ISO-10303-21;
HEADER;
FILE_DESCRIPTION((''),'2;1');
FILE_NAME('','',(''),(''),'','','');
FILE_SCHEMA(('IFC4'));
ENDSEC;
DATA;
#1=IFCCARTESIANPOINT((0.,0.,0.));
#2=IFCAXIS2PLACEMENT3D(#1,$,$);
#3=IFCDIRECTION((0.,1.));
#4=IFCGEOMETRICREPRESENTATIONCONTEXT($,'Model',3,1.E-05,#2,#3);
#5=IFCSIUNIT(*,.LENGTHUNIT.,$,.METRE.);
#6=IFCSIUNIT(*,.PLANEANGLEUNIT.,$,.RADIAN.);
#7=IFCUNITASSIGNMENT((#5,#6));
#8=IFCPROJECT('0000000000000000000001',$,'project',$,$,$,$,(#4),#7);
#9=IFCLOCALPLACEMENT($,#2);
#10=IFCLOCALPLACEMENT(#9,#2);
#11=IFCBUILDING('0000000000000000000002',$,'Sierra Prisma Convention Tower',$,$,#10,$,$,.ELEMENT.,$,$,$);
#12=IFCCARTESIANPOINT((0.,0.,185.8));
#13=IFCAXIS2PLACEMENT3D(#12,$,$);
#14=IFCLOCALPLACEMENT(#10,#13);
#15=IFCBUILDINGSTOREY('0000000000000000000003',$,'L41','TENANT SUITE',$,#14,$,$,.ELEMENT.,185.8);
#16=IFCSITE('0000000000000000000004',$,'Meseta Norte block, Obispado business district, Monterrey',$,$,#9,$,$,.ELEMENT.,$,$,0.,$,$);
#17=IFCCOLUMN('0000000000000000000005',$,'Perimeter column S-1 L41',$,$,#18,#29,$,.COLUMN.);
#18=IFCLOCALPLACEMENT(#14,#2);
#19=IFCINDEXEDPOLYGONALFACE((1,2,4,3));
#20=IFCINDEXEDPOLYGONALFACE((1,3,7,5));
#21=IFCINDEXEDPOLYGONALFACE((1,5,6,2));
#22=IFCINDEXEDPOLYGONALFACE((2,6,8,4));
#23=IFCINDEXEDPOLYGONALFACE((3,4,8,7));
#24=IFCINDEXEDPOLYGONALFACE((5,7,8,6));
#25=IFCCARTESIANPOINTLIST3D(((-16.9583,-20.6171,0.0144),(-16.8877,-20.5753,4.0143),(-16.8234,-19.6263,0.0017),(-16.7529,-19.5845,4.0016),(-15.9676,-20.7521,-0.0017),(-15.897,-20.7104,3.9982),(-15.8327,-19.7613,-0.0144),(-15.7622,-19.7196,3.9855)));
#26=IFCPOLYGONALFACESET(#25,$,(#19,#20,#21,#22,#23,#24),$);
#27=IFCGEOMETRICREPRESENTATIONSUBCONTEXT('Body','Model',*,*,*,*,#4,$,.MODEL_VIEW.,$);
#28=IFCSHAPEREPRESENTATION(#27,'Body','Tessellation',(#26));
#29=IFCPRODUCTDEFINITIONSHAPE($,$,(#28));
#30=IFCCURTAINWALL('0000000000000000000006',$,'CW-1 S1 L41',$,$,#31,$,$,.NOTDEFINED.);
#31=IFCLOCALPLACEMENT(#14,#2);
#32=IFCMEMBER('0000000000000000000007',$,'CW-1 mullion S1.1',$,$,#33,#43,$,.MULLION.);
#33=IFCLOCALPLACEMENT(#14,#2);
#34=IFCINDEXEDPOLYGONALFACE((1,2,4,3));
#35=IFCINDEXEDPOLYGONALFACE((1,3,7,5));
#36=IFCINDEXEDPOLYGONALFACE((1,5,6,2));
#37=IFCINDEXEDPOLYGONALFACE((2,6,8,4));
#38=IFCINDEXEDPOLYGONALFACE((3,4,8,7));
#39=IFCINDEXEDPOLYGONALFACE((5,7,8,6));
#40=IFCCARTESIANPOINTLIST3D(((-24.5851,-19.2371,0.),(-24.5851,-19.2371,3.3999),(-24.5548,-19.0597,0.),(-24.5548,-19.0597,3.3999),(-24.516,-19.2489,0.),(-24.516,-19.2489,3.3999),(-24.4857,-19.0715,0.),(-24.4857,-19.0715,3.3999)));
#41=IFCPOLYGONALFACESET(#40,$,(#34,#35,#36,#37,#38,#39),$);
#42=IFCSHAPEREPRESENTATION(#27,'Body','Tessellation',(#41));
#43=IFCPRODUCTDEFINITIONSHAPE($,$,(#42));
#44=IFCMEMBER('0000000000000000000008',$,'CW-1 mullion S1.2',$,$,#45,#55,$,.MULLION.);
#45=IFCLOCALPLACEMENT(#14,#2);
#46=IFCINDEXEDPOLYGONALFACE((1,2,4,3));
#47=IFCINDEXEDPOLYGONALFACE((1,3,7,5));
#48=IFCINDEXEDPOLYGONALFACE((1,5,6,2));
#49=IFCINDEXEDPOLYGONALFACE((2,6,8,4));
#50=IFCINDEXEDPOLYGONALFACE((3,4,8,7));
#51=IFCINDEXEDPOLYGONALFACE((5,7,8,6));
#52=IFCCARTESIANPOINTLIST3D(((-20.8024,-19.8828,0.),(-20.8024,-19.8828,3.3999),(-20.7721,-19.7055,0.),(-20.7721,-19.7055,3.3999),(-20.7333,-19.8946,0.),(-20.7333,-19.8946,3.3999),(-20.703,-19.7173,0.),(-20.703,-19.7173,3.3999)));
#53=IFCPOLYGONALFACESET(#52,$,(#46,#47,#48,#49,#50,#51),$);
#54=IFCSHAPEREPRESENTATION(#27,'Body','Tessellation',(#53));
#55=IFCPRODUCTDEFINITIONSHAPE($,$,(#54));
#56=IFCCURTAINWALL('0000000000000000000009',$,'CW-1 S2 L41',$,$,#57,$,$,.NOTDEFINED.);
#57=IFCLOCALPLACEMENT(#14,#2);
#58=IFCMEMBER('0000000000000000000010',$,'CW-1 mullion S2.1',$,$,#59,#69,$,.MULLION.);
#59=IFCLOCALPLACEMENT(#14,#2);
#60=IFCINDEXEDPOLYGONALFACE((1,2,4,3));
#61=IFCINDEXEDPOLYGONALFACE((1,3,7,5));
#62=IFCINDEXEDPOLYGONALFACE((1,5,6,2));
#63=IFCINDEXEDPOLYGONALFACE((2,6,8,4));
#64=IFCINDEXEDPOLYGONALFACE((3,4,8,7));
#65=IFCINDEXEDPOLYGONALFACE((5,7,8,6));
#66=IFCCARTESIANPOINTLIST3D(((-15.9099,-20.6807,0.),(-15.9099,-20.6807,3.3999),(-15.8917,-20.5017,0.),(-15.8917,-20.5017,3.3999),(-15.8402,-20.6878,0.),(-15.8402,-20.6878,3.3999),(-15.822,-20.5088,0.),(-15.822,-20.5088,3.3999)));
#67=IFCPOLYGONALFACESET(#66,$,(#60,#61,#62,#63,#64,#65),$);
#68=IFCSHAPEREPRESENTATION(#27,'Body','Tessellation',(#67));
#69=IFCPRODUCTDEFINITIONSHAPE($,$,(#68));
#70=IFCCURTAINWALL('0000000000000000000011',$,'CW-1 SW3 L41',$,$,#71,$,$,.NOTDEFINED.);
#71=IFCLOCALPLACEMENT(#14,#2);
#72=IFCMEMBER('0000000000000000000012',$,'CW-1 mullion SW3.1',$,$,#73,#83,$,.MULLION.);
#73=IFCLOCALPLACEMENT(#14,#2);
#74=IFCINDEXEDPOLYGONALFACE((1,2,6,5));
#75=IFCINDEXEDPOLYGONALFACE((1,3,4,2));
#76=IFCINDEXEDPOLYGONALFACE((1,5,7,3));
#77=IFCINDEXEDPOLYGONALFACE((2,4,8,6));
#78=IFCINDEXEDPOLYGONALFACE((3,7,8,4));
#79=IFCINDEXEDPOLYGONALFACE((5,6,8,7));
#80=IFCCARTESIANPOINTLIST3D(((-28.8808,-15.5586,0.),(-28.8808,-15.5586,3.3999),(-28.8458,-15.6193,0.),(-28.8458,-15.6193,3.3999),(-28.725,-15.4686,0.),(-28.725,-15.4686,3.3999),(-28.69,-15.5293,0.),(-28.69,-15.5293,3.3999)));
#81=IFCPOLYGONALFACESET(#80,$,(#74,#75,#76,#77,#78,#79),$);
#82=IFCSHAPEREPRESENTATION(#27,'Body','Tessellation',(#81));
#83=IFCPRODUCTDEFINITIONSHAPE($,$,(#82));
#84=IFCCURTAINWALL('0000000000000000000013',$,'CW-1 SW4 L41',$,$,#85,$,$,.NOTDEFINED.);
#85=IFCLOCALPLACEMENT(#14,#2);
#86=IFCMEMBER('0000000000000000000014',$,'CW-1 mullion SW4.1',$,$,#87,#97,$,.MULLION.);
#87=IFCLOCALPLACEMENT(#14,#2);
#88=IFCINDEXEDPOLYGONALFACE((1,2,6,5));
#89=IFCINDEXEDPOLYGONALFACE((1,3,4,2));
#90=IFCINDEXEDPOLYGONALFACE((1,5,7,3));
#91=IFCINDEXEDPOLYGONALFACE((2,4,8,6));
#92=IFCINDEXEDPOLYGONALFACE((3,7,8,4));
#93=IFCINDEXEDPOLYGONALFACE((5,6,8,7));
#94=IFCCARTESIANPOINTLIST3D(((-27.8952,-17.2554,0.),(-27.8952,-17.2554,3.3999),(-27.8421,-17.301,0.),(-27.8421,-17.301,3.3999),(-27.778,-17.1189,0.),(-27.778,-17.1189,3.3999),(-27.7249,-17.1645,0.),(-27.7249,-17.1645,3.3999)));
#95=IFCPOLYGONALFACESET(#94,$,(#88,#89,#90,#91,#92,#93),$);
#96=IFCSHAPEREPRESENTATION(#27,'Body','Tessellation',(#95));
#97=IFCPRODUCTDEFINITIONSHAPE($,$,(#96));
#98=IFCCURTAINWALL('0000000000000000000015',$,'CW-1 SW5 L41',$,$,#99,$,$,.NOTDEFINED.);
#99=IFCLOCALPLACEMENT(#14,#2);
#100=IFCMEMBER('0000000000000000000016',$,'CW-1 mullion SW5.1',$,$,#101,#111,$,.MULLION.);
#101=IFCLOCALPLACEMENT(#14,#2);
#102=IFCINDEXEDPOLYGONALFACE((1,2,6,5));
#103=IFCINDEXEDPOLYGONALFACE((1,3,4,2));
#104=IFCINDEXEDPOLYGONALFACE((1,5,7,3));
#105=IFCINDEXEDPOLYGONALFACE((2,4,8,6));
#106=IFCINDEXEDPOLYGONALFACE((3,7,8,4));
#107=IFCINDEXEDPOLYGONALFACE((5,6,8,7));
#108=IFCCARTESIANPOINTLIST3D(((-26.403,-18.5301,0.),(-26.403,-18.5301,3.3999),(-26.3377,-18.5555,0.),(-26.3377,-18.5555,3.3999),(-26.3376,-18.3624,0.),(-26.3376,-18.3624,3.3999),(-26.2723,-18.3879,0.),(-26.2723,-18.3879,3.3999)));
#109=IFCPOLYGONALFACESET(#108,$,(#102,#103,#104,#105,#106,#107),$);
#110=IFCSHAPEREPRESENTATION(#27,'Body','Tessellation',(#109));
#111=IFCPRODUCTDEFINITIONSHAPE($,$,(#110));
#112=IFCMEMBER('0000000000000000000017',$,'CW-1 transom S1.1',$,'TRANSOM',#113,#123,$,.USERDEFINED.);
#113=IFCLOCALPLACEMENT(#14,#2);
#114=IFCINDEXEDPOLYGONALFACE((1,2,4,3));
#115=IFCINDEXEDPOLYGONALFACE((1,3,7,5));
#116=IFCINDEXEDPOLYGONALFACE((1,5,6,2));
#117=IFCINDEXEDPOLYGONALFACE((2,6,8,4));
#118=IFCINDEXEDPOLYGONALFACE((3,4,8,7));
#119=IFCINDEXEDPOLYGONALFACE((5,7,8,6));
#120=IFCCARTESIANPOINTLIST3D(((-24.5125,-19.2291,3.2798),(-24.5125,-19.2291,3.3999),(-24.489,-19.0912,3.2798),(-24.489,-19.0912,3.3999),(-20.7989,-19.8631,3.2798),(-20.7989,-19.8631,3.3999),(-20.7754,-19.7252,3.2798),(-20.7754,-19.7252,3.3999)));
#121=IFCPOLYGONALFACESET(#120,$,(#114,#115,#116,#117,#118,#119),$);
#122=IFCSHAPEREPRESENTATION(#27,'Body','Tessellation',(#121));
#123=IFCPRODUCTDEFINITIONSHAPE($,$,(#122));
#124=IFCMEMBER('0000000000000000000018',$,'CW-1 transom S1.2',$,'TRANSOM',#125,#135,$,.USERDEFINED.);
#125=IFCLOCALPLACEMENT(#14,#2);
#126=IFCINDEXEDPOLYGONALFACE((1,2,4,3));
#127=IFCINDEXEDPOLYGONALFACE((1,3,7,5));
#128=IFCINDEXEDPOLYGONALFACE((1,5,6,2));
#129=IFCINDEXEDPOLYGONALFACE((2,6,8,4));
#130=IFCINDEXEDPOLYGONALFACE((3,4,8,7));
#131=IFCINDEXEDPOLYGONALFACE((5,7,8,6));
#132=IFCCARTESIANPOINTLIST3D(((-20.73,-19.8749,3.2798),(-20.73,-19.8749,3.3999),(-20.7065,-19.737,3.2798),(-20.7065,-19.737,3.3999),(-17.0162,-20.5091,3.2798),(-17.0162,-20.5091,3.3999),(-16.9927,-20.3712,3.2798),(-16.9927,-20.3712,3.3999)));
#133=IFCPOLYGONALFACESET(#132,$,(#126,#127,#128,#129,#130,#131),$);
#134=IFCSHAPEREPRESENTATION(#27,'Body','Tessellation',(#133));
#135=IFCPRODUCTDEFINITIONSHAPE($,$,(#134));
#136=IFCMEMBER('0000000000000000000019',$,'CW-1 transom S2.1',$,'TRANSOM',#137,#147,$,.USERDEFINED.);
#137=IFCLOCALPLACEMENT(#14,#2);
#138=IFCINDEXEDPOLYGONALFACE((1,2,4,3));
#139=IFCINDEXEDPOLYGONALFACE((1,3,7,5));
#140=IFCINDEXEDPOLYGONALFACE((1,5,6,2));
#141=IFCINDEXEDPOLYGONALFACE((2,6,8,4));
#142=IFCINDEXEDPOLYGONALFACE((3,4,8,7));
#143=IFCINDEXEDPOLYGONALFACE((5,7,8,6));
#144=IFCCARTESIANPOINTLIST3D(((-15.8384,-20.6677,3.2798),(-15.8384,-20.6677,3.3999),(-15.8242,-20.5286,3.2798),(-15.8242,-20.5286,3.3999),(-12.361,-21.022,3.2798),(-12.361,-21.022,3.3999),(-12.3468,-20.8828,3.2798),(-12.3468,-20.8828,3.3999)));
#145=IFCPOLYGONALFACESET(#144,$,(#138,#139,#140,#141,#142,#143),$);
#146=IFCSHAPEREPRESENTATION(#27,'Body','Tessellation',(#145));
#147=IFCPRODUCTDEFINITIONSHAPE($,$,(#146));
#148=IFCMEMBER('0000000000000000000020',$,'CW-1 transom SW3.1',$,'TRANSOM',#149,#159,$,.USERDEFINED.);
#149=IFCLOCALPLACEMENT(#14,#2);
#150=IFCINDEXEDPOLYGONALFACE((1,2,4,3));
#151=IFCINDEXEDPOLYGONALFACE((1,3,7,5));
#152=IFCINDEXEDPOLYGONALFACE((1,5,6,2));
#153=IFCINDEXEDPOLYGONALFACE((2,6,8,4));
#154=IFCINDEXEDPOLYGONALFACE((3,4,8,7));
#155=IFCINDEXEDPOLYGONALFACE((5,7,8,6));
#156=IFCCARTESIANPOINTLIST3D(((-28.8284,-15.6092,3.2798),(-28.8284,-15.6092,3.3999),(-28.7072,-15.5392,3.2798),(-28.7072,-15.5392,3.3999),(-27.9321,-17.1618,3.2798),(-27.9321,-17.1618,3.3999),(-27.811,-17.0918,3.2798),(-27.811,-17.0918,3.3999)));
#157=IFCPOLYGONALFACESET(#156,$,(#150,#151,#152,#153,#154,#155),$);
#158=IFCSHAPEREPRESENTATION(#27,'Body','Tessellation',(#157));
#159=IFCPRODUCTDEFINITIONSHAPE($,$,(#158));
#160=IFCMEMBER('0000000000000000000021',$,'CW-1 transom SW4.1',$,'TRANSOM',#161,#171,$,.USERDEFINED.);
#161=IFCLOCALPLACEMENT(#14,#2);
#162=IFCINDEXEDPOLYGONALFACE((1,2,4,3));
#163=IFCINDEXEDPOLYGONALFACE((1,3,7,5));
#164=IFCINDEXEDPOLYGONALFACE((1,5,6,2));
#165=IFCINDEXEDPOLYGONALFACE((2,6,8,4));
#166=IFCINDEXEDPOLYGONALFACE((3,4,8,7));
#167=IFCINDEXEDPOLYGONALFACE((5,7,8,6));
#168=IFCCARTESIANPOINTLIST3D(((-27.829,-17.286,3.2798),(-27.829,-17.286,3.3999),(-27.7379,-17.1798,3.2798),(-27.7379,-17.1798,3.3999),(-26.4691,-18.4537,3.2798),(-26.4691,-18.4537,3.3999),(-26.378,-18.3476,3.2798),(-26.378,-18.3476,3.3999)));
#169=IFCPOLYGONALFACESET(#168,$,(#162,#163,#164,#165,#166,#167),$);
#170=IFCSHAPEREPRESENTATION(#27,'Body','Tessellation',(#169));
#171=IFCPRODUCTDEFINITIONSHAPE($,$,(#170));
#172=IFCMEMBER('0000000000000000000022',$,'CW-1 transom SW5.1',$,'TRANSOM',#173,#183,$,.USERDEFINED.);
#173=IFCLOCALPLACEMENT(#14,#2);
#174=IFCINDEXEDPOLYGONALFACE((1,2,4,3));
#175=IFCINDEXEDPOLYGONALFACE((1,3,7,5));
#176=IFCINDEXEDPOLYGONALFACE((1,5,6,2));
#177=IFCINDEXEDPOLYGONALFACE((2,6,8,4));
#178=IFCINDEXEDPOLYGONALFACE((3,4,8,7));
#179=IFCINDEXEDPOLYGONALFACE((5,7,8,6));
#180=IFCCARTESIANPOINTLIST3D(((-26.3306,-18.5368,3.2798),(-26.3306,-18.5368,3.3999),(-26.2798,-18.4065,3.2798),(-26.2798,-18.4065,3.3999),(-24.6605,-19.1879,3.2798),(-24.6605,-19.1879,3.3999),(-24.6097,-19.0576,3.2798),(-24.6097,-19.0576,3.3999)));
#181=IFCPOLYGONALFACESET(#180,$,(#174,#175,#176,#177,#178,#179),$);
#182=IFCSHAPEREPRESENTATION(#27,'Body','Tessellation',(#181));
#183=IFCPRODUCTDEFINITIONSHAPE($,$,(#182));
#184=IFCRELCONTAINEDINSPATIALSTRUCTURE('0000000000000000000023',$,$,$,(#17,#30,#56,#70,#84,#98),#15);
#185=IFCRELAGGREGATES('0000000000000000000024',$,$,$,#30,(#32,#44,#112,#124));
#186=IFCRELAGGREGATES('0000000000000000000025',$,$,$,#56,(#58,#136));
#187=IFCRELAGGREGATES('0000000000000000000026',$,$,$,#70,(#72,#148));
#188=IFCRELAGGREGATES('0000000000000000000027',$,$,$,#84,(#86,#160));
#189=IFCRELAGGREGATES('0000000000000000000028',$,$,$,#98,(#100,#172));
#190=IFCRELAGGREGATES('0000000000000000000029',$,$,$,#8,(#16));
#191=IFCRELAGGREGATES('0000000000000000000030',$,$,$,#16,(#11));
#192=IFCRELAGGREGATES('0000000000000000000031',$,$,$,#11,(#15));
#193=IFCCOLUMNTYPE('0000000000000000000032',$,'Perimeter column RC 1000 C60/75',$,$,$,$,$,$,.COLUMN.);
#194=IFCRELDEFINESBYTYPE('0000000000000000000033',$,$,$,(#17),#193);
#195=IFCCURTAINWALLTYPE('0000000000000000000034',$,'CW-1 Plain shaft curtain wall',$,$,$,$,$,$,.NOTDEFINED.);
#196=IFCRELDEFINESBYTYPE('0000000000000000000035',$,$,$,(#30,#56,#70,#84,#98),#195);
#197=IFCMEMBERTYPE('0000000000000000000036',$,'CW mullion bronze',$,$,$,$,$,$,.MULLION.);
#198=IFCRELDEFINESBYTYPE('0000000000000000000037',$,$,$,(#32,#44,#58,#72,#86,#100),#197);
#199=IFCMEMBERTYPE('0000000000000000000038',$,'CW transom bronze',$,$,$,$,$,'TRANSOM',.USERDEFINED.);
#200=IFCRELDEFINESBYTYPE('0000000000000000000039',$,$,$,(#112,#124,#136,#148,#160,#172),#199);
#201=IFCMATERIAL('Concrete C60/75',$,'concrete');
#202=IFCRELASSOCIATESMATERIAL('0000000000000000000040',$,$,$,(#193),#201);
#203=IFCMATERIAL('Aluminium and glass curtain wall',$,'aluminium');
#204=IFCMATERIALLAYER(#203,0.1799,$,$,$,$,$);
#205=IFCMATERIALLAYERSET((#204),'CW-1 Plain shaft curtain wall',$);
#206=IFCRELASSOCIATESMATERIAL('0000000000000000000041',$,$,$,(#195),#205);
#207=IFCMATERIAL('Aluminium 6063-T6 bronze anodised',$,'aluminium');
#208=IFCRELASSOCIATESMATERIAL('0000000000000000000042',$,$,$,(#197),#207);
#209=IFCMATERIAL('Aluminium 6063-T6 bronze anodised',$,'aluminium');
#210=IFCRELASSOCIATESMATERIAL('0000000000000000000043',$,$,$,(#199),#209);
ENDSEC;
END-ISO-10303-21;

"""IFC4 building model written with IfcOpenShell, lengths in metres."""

from ifc_helpers import new_model, si_unit, direction, frame, origin, origin_2d, place, context, subcontext, project, spatial, rectangle, extrude, material, layer, layer_set, material_profile, profile_set, type_object, element, aggregate, save


model = new_model("IFC4")

# Units and contexts
model_context = context("Model", 3, precision=1e-05, world=origin(), true_north=direction((0.0, 1.0)))
body_context = subcontext(model_context, "Body", "Model", "MODEL_VIEW")
ifc_project = project(units=[si_unit("LENGTHUNIT", "METRE"), si_unit("PLANEANGLEUNIT", "RADIAN")], contexts=[model_context])

# Site, building, storey
site_placement = place(None, origin())
site = spatial("IfcSite", under=ifc_project, at=site_placement, Name="Meseta Norte block, Obispado business district, Monterrey", CompositionType="ELEMENT", RefElevation=0.0)
building_placement = place(site_placement, origin())
building = spatial("IfcBuilding", under=site, at=building_placement, Name="Sierra Prisma Convention Tower", CompositionType="ELEMENT")
storey_placement = place(building_placement, frame((0.0, 0.0, 185.8)))
storey = spatial("IfcBuildingStorey", under=building, at=storey_placement, Name="L41", Description="TENANT SUITE", CompositionType="ELEMENT", Elevation=185.8)

# Column
ifc_material_1 = material(Name="Concrete C60/75", Category="concrete")
ifc_material_profile_1 = material_profile(ifc_material_1, rectangle(XDim=1.0, YDim=1.0, at=origin_2d()), Name="Perimeter column RC 1000 C60/75")
ifc_profile_set_1 = profile_set([ifc_material_profile_1], Name="Concrete C60/75")
column_type = type_object("IfcColumnType", Name="Perimeter column RC 1000 C60/75", PredefinedType="COLUMN", material=ifc_profile_set_1)
column_placement = place(storey_placement, frame((-16.3955, -20.1892, 0.0), z_axis=(0.017635, 0.010435, 0.99979), x_axis=(-0.990708, 0.135057, 0.016066)))
element("IfcColumn", 1, at=column_placement, inside=storey, type_object=column_type, Name="Perimeter column S-1 L41", PredefinedType="COLUMN", context=body_context, shape_type="SweptSolid", body=[
    extrude(rectangle(XDim=1.0, YDim=1.0, at=origin_2d()), origin(), (0.0, 0.0, 1.0), 4.0007),
])

# Curtain wall, members
ifc_material_2 = material(Name="Aluminium and glass curtain wall", Category="aluminium")
ifc_layer_1 = layer(ifc_material_2, 0.1799)
ifc_layer_set_1 = layer_set([ifc_layer_1], Name="CW-1 Plain shaft curtain wall")
curtain_wall_type = type_object("IfcCurtainWallType", Name="CW-1 Plain shaft curtain wall", PredefinedType="NOTDEFINED", material=ifc_layer_set_1)
curtain_wall_1_placement = place(storey_placement, origin())
curtain_wall_1 = element("IfcCurtainWall", 2, at=curtain_wall_1_placement, inside=storey, type_object=curtain_wall_type, Name="CW-1 S1 L41", PredefinedType="NOTDEFINED")
ifc_material_3 = material(Name="Aluminium 6063-T6 bronze anodised", Category="aluminium")
ifc_material_profile_2 = material_profile(ifc_material_3, rectangle(XDim=0.1799, YDim=0.0701, at=origin_2d()), Name="ALU MULLION 70x180")
ifc_profile_set_2 = profile_set([ifc_material_profile_2], Name="Aluminium 6063-T6 bronze anodised")
member_type_1 = type_object("IfcMemberType", Name="CW mullion bronze", PredefinedType="MULLION", material=ifc_profile_set_2)
member_1_placement = place(storey_placement, frame((-24.5354, -19.1543, 0.0), z_axis=(0.0, 0.0, 1.0), x_axis=(0.168313, 0.985734, 0.0)))
member_1 = element("IfcMember", 3, at=member_1_placement, type_object=member_type_1, Name="CW-1 mullion S1.1", PredefinedType="MULLION", context=body_context, shape_type="SweptSolid", body=[
    extrude(rectangle(XDim=0.1799, YDim=0.0701, at=origin_2d()), origin(), (0.0, 0.0, 1.0), 3.3999),
])
member_2_placement = place(storey_placement, frame((-20.7527, -19.8, 0.0), z_axis=(0.0, 0.0, 1.0), x_axis=(0.168313, 0.985734, 0.0)))
member_2 = element("IfcMember", 4, at=member_2_placement, type_object=member_type_1, Name="CW-1 mullion S1.2", PredefinedType="MULLION", context=body_context, shape_type="SweptSolid", body=[
    extrude(rectangle(XDim=0.1799, YDim=0.0701, at=origin_2d()), origin(), (0.0, 0.0, 1.0), 3.3999),
])

# Curtain walls, members
curtain_wall_2_placement = place(storey_placement, origin())
curtain_wall_2 = element("IfcCurtainWall", 5, at=curtain_wall_2_placement, inside=storey, type_object=curtain_wall_type, Name="CW-1 S2 L41", PredefinedType="NOTDEFINED")
member_3_placement = place(storey_placement, frame((-15.866, -20.5947, 0.0), z_axis=(0.0, 0.0, 1.0), x_axis=(0.101297, 0.994856, 0.0)))
member_3 = element("IfcMember", 6, at=member_3_placement, type_object=member_type_1, Name="CW-1 mullion S2.1", PredefinedType="MULLION", context=body_context, shape_type="SweptSolid", body=[
    extrude(rectangle(XDim=0.1799, YDim=0.0701, at=origin_2d()), origin(), (0.0, 0.0, 1.0), 3.3999),
])
curtain_wall_3_placement = place(storey_placement, origin())
curtain_wall_3 = element("IfcCurtainWall", 7, at=curtain_wall_3_placement, inside=storey, type_object=curtain_wall_type, Name="CW-1 SW3 L41", PredefinedType="NOTDEFINED")
member_4_placement = place(storey_placement, frame((-28.7854, -15.5439, 0.0), z_axis=(0.0, 0.0, 1.0), x_axis=(0.866025, 0.5, 0.0)))
member_4 = element("IfcMember", 8, at=member_4_placement, type_object=member_type_1, Name="CW-1 mullion SW3.1", PredefinedType="MULLION", context=body_context, shape_type="SweptSolid", body=[
    extrude(rectangle(XDim=0.1799, YDim=0.0701, at=origin_2d()), origin(), (0.0, 0.0, 1.0), 3.3999),
])
curtain_wall_4_placement = place(storey_placement, origin())
curtain_wall_4 = element("IfcCurtainWall", 9, at=curtain_wall_4_placement, inside=storey, type_object=curtain_wall_type, Name="CW-1 SW4 L41", PredefinedType="NOTDEFINED")
member_5_placement = place(storey_placement, frame((-27.8101, -17.21, 0.0), z_axis=(0.0, 0.0, 1.0), x_axis=(0.651451, 0.758691, 0.0)))
member_5 = element("IfcMember", 10, at=member_5_placement, type_object=member_type_1, Name="CW-1 mullion SW4.1", PredefinedType="MULLION", context=body_context, shape_type="SweptSolid", body=[
    extrude(rectangle(XDim=0.1799, YDim=0.0701, at=origin_2d()), origin(), (0.0, 0.0, 1.0), 3.3999),
])
curtain_wall_5_placement = place(storey_placement, origin())
curtain_wall_5 = element("IfcCurtainWall", 11, at=curtain_wall_5_placement, inside=storey, type_object=curtain_wall_type, Name="CW-1 SW5 L41", PredefinedType="NOTDEFINED")
member_6_placement = place(storey_placement, frame((-26.3376, -18.459, 0.0), z_axis=(0.0, 0.0, 1.0), x_axis=(0.363286, 0.931678, 0.0)))
member_6 = element("IfcMember", 12, at=member_6_placement, type_object=member_type_1, Name="CW-1 mullion SW5.1", PredefinedType="MULLION", context=body_context, shape_type="SweptSolid", body=[
    extrude(rectangle(XDim=0.1799, YDim=0.0701, at=origin_2d()), origin(), (0.0, 0.0, 1.0), 3.3999),
])

# Members
ifc_material_4 = material(Name="Aluminium 6063-T6 bronze anodised", Category="aluminium")
ifc_material_profile_3 = material_profile(ifc_material_4, rectangle(XDim=0.1399, YDim=0.1201, at=origin_2d()), Name="ALU TRANSOM 120x140")
ifc_profile_set_3 = profile_set([ifc_material_profile_3], Name="Aluminium 6063-T6 bronze anodised")
member_type_2 = type_object("IfcMemberType", Name="CW transom bronze", ElementType="TRANSOM", PredefinedType="USERDEFINED", material=ifc_profile_set_3)
member_7_placement = place(storey_placement, frame((-24.5007, -19.1602, 3.3398), z_axis=(0.985736, -0.168296, 0.0), x_axis=(0.168296, 0.985736, 0.0)))
member_7 = element("IfcMember", 13, at=member_7_placement, type_object=member_type_2, Name="CW-1 transom S1.1", ObjectType="TRANSOM", PredefinedType="USERDEFINED", context=body_context, shape_type="SweptSolid", body=[
    extrude(rectangle(XDim=0.1399, YDim=0.1201, at=origin_2d()), origin(), (0.0, 0.0, 1.0), 3.7673),
])
member_8_placement = place(storey_placement, frame((-20.7183, -19.8059, 3.3398), z_axis=(0.985728, -0.168349, 0.0), x_axis=(0.168349, 0.985728, 0.0)))
member_8 = element("IfcMember", 14, at=member_8_placement, type_object=member_type_2, Name="CW-1 transom S1.2", ObjectType="TRANSOM", PredefinedType="USERDEFINED", context=body_context, shape_type="SweptSolid", body=[
    extrude(rectangle(XDim=0.1399, YDim=0.1201, at=origin_2d()), origin(), (0.0, 0.0, 1.0), 3.7676),
])
member_9_placement = place(storey_placement, frame((-15.8313, -20.5981, 3.3398), z_axis=(0.994851, -0.10135, 0.0), x_axis=(0.10135, 0.994851, 0.0)))
member_9 = element("IfcMember", 15, at=member_9_placement, type_object=member_type_2, Name="CW-1 transom S2.1", ObjectType="TRANSOM", PredefinedType="USERDEFINED", context=body_context, shape_type="SweptSolid", body=[
    extrude(rectangle(XDim=0.1399, YDim=0.1201, at=origin_2d()), origin(), (0.0, 0.0, 1.0), 3.4954),
])
member_10_placement = place(storey_placement, frame((-28.7678, -15.5742, 3.3398), z_axis=(0.499962, -0.866047, 0.0), x_axis=(0.866047, 0.499962, 0.0)))
member_10 = element("IfcMember", 16, at=member_10_placement, type_object=member_type_2, Name="CW-1 transom SW3.1", ObjectType="TRANSOM", PredefinedType="USERDEFINED", context=body_context, shape_type="SweptSolid", body=[
    extrude(rectangle(XDim=0.1399, YDim=0.1201, at=origin_2d()), origin(), (0.0, 0.0, 1.0), 1.7927),
])
member_11_placement = place(storey_placement, frame((-27.7834, -17.2329, 3.3398), z_axis=(0.75867, -0.651475, 0.0), x_axis=(0.651475, 0.75867, 0.0)))
member_11 = element("IfcMember", 17, at=member_11_placement, type_object=member_type_2, Name="CW-1 transom SW4.1", ObjectType="TRANSOM", PredefinedType="USERDEFINED", context=body_context, shape_type="SweptSolid", body=[
    extrude(rectangle(XDim=0.1399, YDim=0.1201, at=origin_2d()), origin(), (0.0, 0.0, 1.0), 1.7925),
])
member_12_placement = place(storey_placement, frame((-26.3052, -18.4717, 3.3398), z_axis=(0.9317, -0.363228, 0.0), x_axis=(0.363228, 0.9317, 0.0)))
member_12 = element("IfcMember", 18, at=member_12_placement, type_object=member_type_2, Name="CW-1 transom SW5.1", ObjectType="TRANSOM", PredefinedType="USERDEFINED", context=body_context, shape_type="SweptSolid", body=[
    extrude(rectangle(XDim=0.1399, YDim=0.1201, at=origin_2d()), origin(), (0.0, 0.0, 1.0), 1.7925),
])

aggregate(curtain_wall_1, [member_1, member_2, member_7, member_8])
aggregate(curtain_wall_2, [member_3, member_9])

aggregate(curtain_wall_3, [member_4, member_10])
aggregate(curtain_wall_4, [member_5, member_11])
aggregate(curtain_wall_5, [member_6, member_12])

save(model, "model.ifc")
